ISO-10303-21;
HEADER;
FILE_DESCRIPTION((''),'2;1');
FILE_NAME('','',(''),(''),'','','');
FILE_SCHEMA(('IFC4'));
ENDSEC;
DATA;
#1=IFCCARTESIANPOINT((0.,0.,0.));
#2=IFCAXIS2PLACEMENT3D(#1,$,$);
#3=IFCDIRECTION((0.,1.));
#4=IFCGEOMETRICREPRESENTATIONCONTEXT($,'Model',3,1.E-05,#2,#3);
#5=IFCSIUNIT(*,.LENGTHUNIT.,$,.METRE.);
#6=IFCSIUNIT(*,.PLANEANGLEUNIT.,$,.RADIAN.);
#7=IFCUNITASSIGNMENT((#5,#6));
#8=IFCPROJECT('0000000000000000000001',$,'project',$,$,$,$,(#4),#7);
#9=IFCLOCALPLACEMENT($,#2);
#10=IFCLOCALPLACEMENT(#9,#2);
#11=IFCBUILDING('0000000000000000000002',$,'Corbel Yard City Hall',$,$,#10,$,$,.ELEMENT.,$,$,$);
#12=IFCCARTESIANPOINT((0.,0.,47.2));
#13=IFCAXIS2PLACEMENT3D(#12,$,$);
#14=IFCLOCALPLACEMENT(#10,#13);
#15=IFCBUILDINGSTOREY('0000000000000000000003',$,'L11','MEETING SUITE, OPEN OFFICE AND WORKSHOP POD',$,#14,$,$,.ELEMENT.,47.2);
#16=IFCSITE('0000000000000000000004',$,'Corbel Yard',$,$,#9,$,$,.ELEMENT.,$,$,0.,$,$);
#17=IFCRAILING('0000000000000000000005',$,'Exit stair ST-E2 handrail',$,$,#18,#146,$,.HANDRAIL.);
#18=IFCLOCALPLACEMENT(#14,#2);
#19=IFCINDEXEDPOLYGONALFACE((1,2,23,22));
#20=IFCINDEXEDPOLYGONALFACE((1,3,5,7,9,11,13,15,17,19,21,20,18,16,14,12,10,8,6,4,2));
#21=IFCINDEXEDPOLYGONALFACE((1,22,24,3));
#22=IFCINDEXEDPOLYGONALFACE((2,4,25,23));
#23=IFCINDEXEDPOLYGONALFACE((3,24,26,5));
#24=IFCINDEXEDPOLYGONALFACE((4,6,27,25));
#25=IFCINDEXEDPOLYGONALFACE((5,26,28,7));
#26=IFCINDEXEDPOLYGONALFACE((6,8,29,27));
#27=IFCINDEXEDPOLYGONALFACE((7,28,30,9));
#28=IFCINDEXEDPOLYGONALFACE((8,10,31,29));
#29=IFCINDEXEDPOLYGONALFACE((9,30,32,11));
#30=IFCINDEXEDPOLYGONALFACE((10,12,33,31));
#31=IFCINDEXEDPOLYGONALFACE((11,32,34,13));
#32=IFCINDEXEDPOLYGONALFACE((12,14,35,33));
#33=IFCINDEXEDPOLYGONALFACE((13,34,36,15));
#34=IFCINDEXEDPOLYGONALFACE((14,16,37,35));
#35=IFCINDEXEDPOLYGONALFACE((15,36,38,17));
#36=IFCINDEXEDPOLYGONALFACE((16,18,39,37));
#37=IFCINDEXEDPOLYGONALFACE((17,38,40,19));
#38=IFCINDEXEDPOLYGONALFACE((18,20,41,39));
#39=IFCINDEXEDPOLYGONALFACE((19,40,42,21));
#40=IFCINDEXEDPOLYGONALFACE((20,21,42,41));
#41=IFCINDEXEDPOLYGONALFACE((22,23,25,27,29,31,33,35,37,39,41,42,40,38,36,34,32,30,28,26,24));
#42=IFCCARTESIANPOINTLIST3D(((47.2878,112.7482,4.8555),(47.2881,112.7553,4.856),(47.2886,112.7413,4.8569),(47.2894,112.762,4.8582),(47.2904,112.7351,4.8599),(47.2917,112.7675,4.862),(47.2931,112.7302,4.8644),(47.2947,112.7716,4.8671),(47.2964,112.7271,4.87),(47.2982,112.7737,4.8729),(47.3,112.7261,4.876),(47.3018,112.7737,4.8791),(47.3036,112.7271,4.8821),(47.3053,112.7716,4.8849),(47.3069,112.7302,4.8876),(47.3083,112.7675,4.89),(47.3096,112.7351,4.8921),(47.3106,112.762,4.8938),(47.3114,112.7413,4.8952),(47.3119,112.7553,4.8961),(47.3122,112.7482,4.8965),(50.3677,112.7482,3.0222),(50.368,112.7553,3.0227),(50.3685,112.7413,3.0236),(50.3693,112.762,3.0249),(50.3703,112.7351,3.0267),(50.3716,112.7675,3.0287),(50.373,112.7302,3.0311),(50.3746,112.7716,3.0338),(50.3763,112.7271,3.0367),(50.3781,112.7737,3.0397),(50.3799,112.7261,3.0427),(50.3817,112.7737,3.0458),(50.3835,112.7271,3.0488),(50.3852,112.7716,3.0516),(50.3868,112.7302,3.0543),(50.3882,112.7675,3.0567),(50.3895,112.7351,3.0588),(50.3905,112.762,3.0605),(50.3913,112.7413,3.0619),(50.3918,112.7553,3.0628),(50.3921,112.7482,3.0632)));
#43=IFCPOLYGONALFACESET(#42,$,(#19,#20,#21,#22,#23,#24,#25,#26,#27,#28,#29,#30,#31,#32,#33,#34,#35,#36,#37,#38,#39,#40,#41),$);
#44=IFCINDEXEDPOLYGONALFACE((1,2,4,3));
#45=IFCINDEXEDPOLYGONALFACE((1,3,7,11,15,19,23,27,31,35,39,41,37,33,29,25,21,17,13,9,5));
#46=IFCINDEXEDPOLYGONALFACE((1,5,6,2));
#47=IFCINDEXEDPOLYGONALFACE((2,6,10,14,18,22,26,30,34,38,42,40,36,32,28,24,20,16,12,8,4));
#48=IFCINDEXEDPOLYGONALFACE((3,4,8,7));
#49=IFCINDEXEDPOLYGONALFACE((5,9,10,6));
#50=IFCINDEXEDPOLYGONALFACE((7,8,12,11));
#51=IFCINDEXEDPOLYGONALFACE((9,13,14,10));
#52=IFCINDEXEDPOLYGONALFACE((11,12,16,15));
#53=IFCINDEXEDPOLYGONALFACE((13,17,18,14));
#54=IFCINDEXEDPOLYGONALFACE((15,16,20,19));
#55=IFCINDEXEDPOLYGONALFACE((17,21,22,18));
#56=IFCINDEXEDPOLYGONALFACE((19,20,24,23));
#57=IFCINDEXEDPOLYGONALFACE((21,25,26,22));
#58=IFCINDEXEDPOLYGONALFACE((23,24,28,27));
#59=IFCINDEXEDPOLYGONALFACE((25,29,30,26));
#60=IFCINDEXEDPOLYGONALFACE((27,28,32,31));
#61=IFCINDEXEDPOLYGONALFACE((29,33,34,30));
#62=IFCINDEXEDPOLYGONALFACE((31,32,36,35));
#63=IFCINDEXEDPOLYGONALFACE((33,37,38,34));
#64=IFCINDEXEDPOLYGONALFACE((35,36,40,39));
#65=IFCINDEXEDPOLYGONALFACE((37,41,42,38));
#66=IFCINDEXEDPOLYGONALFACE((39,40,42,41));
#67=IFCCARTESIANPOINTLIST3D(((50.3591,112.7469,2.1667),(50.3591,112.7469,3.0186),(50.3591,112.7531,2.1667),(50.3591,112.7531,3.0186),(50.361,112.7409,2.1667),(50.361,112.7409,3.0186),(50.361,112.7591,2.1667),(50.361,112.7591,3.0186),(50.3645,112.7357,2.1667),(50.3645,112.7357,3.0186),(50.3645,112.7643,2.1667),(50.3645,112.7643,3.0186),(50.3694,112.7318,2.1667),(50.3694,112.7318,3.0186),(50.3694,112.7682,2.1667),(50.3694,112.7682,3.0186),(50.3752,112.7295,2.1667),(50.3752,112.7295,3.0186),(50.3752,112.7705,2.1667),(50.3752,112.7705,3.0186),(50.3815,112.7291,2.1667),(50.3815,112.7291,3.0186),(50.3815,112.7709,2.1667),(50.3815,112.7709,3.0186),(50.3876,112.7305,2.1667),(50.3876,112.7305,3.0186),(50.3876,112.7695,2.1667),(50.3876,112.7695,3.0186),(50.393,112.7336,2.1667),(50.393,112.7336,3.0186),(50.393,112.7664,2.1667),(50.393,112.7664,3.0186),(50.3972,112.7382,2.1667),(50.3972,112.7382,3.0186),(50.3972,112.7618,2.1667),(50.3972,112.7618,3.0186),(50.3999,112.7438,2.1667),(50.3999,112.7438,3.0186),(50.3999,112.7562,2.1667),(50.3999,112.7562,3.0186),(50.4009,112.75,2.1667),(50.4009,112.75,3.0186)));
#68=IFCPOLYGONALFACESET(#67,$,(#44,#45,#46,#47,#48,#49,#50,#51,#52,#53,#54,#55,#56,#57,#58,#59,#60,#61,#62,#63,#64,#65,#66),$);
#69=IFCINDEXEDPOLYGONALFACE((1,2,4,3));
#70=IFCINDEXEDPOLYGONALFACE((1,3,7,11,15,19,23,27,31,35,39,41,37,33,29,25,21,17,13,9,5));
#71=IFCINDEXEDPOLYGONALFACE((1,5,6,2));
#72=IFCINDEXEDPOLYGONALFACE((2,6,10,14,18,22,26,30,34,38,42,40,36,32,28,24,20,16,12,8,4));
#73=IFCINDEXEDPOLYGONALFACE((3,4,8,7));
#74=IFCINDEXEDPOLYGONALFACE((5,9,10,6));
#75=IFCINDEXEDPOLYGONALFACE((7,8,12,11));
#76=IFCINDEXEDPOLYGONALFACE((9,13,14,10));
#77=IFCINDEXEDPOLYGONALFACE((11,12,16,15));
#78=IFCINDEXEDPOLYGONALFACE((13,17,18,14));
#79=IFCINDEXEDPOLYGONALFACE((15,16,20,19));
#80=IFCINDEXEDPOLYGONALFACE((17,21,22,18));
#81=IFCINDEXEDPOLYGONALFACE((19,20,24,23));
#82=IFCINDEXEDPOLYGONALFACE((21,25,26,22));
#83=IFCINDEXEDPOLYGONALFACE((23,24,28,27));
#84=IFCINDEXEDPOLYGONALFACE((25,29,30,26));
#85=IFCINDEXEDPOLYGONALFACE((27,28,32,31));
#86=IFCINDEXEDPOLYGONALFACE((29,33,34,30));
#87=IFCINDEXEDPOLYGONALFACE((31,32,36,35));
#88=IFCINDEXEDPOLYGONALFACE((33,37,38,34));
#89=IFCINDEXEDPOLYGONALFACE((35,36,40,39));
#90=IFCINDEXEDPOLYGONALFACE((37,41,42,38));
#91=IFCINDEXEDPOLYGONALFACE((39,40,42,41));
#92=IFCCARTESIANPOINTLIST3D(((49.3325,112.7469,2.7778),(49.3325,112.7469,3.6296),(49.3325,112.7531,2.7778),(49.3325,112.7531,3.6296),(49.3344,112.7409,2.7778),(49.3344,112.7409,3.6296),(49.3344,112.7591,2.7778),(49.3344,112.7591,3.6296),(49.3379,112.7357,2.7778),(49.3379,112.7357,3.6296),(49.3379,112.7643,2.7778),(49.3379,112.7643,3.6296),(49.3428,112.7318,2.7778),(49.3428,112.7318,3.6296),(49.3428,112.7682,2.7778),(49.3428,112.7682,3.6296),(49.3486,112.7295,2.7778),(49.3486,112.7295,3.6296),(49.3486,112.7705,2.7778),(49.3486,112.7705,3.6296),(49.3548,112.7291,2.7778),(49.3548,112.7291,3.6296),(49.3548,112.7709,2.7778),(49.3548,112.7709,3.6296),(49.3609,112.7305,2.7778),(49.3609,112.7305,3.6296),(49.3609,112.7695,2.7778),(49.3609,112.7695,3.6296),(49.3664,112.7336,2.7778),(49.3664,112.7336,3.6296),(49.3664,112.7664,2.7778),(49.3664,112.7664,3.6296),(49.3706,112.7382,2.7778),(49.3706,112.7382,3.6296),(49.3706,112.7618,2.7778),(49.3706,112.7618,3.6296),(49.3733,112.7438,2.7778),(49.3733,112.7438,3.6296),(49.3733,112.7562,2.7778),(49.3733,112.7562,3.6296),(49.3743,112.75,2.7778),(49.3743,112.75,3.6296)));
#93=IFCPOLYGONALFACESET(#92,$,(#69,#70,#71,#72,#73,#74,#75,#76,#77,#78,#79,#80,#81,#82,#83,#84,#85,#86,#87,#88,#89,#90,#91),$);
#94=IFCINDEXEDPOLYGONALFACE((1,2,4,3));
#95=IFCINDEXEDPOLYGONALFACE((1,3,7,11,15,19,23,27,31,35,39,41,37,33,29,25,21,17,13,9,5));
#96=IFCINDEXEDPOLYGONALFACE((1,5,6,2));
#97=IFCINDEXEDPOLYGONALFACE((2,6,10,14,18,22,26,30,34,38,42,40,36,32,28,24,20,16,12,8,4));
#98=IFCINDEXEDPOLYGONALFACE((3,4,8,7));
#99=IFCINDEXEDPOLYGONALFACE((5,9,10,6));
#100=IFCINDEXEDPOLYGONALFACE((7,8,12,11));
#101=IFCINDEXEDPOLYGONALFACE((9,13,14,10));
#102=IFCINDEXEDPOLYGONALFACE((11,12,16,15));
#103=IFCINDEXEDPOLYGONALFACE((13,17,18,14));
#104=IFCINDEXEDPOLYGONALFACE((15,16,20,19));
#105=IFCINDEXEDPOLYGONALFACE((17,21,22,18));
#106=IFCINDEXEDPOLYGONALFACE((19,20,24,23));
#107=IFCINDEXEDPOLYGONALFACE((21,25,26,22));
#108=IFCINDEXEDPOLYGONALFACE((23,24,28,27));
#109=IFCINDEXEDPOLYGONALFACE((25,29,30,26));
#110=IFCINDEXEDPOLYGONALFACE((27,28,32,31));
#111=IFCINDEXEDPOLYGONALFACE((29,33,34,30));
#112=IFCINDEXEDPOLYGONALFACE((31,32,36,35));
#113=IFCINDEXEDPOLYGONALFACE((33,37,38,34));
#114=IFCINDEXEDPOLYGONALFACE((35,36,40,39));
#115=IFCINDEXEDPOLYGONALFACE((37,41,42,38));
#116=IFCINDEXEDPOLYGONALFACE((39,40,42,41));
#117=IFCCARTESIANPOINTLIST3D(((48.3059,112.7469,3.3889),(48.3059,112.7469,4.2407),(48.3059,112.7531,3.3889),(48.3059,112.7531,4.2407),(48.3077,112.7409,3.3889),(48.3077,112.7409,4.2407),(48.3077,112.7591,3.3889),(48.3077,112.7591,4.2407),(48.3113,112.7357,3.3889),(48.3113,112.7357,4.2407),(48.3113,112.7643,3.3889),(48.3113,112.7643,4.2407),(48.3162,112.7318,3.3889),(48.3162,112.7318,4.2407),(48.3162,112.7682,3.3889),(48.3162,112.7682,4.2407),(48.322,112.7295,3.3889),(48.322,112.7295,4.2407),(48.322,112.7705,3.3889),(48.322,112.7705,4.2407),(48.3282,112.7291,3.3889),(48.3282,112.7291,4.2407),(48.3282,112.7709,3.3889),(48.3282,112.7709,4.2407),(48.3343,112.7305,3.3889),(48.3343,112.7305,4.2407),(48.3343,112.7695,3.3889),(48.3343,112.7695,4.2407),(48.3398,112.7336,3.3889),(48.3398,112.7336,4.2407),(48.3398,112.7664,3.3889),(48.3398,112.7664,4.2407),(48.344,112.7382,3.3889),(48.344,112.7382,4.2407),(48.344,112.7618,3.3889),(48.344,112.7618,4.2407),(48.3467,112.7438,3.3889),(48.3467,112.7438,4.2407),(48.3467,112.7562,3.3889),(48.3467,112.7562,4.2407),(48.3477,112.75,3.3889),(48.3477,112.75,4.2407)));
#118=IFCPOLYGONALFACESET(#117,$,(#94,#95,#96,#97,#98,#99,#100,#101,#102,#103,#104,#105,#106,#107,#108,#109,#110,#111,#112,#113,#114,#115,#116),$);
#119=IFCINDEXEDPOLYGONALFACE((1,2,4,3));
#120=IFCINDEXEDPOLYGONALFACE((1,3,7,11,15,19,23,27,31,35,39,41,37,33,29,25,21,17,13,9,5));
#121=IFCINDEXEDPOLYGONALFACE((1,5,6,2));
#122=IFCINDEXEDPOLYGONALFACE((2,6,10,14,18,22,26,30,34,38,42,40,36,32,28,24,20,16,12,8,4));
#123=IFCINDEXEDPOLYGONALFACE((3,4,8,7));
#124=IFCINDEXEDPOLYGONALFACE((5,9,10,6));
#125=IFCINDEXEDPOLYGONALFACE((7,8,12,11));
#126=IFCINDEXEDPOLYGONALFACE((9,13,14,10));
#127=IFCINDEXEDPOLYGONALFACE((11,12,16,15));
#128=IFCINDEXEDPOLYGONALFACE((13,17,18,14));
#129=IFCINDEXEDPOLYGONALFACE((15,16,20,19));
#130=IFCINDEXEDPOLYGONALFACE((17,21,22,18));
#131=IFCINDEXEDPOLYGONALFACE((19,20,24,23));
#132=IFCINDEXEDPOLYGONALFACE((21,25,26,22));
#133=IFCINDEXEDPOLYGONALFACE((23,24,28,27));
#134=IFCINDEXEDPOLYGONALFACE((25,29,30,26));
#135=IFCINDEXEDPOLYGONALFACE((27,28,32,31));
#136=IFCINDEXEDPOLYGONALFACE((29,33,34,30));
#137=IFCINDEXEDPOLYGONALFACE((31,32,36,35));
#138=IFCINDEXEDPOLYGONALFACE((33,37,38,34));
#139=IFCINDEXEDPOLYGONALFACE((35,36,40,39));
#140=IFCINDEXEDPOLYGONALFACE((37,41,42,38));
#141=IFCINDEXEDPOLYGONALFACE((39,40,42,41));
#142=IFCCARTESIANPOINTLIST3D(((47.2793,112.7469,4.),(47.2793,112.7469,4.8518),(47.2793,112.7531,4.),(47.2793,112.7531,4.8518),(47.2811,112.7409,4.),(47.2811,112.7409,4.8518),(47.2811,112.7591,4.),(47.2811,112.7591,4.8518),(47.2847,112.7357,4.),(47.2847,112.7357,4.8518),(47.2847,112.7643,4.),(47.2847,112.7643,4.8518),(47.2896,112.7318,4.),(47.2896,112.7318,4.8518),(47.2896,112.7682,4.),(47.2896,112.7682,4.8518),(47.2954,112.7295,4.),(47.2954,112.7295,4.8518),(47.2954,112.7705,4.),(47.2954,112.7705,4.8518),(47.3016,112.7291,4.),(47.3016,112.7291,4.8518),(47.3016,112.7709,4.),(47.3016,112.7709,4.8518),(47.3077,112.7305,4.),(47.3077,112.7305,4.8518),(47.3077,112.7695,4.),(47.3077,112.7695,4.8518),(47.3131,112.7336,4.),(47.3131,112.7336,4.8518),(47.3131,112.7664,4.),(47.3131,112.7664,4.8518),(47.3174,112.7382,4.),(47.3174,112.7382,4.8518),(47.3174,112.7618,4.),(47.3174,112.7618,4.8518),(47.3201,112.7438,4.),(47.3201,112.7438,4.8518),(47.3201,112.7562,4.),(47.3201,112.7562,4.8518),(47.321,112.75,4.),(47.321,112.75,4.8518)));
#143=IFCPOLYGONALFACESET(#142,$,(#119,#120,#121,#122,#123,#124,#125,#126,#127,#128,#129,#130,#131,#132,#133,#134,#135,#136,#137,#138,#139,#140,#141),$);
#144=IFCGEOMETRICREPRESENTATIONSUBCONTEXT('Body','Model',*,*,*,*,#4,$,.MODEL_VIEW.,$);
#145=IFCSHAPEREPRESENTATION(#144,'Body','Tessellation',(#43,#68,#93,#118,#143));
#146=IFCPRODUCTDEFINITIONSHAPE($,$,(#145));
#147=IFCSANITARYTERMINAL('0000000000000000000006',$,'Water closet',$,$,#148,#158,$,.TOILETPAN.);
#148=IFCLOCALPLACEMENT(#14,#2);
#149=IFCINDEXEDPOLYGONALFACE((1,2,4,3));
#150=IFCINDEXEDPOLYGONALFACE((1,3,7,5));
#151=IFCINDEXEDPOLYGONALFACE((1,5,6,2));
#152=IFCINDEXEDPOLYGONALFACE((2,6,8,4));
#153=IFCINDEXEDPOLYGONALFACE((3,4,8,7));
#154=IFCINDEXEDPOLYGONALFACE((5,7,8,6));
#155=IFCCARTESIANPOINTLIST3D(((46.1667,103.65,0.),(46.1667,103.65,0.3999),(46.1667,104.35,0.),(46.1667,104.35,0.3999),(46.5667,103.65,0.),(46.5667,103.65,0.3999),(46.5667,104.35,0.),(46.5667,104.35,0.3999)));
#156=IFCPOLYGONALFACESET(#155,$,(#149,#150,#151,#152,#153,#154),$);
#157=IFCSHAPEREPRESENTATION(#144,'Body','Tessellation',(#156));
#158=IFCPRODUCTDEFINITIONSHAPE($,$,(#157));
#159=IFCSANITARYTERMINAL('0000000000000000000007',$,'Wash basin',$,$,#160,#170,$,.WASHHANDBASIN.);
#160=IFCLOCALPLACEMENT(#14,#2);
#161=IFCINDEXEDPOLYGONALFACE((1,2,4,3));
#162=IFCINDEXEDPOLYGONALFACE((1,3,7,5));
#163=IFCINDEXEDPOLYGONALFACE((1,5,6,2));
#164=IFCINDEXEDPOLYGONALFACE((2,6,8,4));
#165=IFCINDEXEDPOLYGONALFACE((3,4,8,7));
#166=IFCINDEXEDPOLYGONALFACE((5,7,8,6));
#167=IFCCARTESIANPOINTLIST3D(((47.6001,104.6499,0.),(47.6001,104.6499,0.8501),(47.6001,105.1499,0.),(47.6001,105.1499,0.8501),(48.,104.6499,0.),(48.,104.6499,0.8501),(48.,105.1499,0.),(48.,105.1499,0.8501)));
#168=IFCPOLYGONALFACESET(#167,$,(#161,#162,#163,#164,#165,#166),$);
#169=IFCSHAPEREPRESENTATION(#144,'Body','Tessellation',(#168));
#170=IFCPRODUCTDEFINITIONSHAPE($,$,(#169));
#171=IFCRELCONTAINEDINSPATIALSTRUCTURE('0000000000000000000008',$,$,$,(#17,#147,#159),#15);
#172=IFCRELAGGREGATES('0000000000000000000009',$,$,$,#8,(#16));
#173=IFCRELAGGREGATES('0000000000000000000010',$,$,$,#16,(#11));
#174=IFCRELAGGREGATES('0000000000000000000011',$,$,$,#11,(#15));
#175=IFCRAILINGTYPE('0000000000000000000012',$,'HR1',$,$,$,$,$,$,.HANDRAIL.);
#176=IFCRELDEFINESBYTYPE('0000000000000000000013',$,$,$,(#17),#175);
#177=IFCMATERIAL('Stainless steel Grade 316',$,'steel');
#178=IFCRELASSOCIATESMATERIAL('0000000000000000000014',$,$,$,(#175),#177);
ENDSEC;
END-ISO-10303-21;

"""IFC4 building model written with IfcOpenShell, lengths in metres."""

from ifc_helpers import new_model, si_unit, direction, frame, origin, origin_2d, place, context, subcontext, project, spatial, rectangle, circle, extrude, material, type_object, element, save


model = new_model("IFC4")

# Units and contexts
model_context = context("Model", 3, precision=1e-05, world=origin(), true_north=direction((0.0, 1.0)))
body_context = subcontext(model_context, "Body", "Model", "MODEL_VIEW")
ifc_project = project(units=[si_unit("LENGTHUNIT", "METRE"), si_unit("PLANEANGLEUNIT", "RADIAN")], contexts=[model_context])

# Site, building, storey
site_placement = place(None, origin())
site = spatial("IfcSite", under=ifc_project, at=site_placement, Name="Corbel Yard", CompositionType="ELEMENT", RefElevation=0.0)
building_placement = place(site_placement, origin())
building = spatial("IfcBuilding", under=site, at=building_placement, Name="Corbel Yard City Hall", CompositionType="ELEMENT")
storey_placement = place(building_placement, frame((0.0, 0.0, 47.2)))
storey = spatial("IfcBuildingStorey", under=building, at=storey_placement, Name="L11", Description="MEETING SUITE, OPEN OFFICE AND WORKSHOP POD", CompositionType="ELEMENT", Elevation=47.2)

# Shared definitions
ifc_material_1 = material(Name="Stainless steel Grade 316", Category="steel")

# Railing
railing_type = type_object("IfcRailingType", Name="HR1", PredefinedType="HANDRAIL", material=ifc_material_1)
for number, where, name in (
    (1, (50.3799, 112.75, 2.1667), "Exit stair ST-E2 handrail"),
):
    element("IfcRailing", number, at=place(storey_placement, frame(where)), inside=storey, type_object=railing_type, Name=name, PredefinedType="HANDRAIL", context=body_context, shape_type="SweptSolid", body=[
        extrude(circle(Radius=0.0239, at=origin_2d()), frame((0.0, 0.0, 0.876), z_axis=(-0.859291, 0.0, 0.511487), x_axis=(0.0, -1.0, 0.0)), (0.0, 0.0, 1.0), 3.5842),
        extrude(circle(Radius=0.021, at=origin_2d()), origin(), (0.0, 0.0, 1.0), 0.8518),
        extrude(circle(Radius=0.021, at=origin_2d()), frame((-1.0266, 0.0, 0.6111)), (0.0, 0.0, 1.0), 0.8518),
        extrude(circle(Radius=0.021, at=origin_2d()), frame((-2.0532, 0.0, 1.2222)), (0.0, 0.0, 1.0), 0.8518),
        extrude(circle(Radius=0.021, at=origin_2d()), frame((-3.0798, 0.0, 1.8333)), (0.0, 0.0, 1.0), 0.8518),
    ])

# Sanitary terminals
sanitary_terminal_1_placement = place(storey_placement, frame((46.3667, 104.0, 0.0), z_axis=(0.0, 0.0, 1.0), x_axis=(1.0, 0.0, 0.0)))
element("IfcSanitaryTerminal", 2, at=sanitary_terminal_1_placement, inside=storey, Name="Water closet", PredefinedType="TOILETPAN", context=body_context, shape_type="SweptSolid", body=[
    extrude(rectangle(XDim=0.3999, YDim=0.7, at=origin_2d()), origin(), (0.0, 0.0, 1.0), 0.3999),
])
sanitary_terminal_2_placement = place(storey_placement, frame((47.8, 104.8999, 0.0), z_axis=(0.0, 0.0, 1.0), x_axis=(1.0, 0.0, 0.0)))
element("IfcSanitaryTerminal", 3, at=sanitary_terminal_2_placement, inside=storey, Name="Wash basin", PredefinedType="WASHHANDBASIN", context=body_context, shape_type="SweptSolid", body=[
    extrude(rectangle(XDim=0.3999, YDim=0.5, at=origin_2d()), origin(), (0.0, 0.0, 1.0), 0.8501),
])

save(model, "model.ifc")
